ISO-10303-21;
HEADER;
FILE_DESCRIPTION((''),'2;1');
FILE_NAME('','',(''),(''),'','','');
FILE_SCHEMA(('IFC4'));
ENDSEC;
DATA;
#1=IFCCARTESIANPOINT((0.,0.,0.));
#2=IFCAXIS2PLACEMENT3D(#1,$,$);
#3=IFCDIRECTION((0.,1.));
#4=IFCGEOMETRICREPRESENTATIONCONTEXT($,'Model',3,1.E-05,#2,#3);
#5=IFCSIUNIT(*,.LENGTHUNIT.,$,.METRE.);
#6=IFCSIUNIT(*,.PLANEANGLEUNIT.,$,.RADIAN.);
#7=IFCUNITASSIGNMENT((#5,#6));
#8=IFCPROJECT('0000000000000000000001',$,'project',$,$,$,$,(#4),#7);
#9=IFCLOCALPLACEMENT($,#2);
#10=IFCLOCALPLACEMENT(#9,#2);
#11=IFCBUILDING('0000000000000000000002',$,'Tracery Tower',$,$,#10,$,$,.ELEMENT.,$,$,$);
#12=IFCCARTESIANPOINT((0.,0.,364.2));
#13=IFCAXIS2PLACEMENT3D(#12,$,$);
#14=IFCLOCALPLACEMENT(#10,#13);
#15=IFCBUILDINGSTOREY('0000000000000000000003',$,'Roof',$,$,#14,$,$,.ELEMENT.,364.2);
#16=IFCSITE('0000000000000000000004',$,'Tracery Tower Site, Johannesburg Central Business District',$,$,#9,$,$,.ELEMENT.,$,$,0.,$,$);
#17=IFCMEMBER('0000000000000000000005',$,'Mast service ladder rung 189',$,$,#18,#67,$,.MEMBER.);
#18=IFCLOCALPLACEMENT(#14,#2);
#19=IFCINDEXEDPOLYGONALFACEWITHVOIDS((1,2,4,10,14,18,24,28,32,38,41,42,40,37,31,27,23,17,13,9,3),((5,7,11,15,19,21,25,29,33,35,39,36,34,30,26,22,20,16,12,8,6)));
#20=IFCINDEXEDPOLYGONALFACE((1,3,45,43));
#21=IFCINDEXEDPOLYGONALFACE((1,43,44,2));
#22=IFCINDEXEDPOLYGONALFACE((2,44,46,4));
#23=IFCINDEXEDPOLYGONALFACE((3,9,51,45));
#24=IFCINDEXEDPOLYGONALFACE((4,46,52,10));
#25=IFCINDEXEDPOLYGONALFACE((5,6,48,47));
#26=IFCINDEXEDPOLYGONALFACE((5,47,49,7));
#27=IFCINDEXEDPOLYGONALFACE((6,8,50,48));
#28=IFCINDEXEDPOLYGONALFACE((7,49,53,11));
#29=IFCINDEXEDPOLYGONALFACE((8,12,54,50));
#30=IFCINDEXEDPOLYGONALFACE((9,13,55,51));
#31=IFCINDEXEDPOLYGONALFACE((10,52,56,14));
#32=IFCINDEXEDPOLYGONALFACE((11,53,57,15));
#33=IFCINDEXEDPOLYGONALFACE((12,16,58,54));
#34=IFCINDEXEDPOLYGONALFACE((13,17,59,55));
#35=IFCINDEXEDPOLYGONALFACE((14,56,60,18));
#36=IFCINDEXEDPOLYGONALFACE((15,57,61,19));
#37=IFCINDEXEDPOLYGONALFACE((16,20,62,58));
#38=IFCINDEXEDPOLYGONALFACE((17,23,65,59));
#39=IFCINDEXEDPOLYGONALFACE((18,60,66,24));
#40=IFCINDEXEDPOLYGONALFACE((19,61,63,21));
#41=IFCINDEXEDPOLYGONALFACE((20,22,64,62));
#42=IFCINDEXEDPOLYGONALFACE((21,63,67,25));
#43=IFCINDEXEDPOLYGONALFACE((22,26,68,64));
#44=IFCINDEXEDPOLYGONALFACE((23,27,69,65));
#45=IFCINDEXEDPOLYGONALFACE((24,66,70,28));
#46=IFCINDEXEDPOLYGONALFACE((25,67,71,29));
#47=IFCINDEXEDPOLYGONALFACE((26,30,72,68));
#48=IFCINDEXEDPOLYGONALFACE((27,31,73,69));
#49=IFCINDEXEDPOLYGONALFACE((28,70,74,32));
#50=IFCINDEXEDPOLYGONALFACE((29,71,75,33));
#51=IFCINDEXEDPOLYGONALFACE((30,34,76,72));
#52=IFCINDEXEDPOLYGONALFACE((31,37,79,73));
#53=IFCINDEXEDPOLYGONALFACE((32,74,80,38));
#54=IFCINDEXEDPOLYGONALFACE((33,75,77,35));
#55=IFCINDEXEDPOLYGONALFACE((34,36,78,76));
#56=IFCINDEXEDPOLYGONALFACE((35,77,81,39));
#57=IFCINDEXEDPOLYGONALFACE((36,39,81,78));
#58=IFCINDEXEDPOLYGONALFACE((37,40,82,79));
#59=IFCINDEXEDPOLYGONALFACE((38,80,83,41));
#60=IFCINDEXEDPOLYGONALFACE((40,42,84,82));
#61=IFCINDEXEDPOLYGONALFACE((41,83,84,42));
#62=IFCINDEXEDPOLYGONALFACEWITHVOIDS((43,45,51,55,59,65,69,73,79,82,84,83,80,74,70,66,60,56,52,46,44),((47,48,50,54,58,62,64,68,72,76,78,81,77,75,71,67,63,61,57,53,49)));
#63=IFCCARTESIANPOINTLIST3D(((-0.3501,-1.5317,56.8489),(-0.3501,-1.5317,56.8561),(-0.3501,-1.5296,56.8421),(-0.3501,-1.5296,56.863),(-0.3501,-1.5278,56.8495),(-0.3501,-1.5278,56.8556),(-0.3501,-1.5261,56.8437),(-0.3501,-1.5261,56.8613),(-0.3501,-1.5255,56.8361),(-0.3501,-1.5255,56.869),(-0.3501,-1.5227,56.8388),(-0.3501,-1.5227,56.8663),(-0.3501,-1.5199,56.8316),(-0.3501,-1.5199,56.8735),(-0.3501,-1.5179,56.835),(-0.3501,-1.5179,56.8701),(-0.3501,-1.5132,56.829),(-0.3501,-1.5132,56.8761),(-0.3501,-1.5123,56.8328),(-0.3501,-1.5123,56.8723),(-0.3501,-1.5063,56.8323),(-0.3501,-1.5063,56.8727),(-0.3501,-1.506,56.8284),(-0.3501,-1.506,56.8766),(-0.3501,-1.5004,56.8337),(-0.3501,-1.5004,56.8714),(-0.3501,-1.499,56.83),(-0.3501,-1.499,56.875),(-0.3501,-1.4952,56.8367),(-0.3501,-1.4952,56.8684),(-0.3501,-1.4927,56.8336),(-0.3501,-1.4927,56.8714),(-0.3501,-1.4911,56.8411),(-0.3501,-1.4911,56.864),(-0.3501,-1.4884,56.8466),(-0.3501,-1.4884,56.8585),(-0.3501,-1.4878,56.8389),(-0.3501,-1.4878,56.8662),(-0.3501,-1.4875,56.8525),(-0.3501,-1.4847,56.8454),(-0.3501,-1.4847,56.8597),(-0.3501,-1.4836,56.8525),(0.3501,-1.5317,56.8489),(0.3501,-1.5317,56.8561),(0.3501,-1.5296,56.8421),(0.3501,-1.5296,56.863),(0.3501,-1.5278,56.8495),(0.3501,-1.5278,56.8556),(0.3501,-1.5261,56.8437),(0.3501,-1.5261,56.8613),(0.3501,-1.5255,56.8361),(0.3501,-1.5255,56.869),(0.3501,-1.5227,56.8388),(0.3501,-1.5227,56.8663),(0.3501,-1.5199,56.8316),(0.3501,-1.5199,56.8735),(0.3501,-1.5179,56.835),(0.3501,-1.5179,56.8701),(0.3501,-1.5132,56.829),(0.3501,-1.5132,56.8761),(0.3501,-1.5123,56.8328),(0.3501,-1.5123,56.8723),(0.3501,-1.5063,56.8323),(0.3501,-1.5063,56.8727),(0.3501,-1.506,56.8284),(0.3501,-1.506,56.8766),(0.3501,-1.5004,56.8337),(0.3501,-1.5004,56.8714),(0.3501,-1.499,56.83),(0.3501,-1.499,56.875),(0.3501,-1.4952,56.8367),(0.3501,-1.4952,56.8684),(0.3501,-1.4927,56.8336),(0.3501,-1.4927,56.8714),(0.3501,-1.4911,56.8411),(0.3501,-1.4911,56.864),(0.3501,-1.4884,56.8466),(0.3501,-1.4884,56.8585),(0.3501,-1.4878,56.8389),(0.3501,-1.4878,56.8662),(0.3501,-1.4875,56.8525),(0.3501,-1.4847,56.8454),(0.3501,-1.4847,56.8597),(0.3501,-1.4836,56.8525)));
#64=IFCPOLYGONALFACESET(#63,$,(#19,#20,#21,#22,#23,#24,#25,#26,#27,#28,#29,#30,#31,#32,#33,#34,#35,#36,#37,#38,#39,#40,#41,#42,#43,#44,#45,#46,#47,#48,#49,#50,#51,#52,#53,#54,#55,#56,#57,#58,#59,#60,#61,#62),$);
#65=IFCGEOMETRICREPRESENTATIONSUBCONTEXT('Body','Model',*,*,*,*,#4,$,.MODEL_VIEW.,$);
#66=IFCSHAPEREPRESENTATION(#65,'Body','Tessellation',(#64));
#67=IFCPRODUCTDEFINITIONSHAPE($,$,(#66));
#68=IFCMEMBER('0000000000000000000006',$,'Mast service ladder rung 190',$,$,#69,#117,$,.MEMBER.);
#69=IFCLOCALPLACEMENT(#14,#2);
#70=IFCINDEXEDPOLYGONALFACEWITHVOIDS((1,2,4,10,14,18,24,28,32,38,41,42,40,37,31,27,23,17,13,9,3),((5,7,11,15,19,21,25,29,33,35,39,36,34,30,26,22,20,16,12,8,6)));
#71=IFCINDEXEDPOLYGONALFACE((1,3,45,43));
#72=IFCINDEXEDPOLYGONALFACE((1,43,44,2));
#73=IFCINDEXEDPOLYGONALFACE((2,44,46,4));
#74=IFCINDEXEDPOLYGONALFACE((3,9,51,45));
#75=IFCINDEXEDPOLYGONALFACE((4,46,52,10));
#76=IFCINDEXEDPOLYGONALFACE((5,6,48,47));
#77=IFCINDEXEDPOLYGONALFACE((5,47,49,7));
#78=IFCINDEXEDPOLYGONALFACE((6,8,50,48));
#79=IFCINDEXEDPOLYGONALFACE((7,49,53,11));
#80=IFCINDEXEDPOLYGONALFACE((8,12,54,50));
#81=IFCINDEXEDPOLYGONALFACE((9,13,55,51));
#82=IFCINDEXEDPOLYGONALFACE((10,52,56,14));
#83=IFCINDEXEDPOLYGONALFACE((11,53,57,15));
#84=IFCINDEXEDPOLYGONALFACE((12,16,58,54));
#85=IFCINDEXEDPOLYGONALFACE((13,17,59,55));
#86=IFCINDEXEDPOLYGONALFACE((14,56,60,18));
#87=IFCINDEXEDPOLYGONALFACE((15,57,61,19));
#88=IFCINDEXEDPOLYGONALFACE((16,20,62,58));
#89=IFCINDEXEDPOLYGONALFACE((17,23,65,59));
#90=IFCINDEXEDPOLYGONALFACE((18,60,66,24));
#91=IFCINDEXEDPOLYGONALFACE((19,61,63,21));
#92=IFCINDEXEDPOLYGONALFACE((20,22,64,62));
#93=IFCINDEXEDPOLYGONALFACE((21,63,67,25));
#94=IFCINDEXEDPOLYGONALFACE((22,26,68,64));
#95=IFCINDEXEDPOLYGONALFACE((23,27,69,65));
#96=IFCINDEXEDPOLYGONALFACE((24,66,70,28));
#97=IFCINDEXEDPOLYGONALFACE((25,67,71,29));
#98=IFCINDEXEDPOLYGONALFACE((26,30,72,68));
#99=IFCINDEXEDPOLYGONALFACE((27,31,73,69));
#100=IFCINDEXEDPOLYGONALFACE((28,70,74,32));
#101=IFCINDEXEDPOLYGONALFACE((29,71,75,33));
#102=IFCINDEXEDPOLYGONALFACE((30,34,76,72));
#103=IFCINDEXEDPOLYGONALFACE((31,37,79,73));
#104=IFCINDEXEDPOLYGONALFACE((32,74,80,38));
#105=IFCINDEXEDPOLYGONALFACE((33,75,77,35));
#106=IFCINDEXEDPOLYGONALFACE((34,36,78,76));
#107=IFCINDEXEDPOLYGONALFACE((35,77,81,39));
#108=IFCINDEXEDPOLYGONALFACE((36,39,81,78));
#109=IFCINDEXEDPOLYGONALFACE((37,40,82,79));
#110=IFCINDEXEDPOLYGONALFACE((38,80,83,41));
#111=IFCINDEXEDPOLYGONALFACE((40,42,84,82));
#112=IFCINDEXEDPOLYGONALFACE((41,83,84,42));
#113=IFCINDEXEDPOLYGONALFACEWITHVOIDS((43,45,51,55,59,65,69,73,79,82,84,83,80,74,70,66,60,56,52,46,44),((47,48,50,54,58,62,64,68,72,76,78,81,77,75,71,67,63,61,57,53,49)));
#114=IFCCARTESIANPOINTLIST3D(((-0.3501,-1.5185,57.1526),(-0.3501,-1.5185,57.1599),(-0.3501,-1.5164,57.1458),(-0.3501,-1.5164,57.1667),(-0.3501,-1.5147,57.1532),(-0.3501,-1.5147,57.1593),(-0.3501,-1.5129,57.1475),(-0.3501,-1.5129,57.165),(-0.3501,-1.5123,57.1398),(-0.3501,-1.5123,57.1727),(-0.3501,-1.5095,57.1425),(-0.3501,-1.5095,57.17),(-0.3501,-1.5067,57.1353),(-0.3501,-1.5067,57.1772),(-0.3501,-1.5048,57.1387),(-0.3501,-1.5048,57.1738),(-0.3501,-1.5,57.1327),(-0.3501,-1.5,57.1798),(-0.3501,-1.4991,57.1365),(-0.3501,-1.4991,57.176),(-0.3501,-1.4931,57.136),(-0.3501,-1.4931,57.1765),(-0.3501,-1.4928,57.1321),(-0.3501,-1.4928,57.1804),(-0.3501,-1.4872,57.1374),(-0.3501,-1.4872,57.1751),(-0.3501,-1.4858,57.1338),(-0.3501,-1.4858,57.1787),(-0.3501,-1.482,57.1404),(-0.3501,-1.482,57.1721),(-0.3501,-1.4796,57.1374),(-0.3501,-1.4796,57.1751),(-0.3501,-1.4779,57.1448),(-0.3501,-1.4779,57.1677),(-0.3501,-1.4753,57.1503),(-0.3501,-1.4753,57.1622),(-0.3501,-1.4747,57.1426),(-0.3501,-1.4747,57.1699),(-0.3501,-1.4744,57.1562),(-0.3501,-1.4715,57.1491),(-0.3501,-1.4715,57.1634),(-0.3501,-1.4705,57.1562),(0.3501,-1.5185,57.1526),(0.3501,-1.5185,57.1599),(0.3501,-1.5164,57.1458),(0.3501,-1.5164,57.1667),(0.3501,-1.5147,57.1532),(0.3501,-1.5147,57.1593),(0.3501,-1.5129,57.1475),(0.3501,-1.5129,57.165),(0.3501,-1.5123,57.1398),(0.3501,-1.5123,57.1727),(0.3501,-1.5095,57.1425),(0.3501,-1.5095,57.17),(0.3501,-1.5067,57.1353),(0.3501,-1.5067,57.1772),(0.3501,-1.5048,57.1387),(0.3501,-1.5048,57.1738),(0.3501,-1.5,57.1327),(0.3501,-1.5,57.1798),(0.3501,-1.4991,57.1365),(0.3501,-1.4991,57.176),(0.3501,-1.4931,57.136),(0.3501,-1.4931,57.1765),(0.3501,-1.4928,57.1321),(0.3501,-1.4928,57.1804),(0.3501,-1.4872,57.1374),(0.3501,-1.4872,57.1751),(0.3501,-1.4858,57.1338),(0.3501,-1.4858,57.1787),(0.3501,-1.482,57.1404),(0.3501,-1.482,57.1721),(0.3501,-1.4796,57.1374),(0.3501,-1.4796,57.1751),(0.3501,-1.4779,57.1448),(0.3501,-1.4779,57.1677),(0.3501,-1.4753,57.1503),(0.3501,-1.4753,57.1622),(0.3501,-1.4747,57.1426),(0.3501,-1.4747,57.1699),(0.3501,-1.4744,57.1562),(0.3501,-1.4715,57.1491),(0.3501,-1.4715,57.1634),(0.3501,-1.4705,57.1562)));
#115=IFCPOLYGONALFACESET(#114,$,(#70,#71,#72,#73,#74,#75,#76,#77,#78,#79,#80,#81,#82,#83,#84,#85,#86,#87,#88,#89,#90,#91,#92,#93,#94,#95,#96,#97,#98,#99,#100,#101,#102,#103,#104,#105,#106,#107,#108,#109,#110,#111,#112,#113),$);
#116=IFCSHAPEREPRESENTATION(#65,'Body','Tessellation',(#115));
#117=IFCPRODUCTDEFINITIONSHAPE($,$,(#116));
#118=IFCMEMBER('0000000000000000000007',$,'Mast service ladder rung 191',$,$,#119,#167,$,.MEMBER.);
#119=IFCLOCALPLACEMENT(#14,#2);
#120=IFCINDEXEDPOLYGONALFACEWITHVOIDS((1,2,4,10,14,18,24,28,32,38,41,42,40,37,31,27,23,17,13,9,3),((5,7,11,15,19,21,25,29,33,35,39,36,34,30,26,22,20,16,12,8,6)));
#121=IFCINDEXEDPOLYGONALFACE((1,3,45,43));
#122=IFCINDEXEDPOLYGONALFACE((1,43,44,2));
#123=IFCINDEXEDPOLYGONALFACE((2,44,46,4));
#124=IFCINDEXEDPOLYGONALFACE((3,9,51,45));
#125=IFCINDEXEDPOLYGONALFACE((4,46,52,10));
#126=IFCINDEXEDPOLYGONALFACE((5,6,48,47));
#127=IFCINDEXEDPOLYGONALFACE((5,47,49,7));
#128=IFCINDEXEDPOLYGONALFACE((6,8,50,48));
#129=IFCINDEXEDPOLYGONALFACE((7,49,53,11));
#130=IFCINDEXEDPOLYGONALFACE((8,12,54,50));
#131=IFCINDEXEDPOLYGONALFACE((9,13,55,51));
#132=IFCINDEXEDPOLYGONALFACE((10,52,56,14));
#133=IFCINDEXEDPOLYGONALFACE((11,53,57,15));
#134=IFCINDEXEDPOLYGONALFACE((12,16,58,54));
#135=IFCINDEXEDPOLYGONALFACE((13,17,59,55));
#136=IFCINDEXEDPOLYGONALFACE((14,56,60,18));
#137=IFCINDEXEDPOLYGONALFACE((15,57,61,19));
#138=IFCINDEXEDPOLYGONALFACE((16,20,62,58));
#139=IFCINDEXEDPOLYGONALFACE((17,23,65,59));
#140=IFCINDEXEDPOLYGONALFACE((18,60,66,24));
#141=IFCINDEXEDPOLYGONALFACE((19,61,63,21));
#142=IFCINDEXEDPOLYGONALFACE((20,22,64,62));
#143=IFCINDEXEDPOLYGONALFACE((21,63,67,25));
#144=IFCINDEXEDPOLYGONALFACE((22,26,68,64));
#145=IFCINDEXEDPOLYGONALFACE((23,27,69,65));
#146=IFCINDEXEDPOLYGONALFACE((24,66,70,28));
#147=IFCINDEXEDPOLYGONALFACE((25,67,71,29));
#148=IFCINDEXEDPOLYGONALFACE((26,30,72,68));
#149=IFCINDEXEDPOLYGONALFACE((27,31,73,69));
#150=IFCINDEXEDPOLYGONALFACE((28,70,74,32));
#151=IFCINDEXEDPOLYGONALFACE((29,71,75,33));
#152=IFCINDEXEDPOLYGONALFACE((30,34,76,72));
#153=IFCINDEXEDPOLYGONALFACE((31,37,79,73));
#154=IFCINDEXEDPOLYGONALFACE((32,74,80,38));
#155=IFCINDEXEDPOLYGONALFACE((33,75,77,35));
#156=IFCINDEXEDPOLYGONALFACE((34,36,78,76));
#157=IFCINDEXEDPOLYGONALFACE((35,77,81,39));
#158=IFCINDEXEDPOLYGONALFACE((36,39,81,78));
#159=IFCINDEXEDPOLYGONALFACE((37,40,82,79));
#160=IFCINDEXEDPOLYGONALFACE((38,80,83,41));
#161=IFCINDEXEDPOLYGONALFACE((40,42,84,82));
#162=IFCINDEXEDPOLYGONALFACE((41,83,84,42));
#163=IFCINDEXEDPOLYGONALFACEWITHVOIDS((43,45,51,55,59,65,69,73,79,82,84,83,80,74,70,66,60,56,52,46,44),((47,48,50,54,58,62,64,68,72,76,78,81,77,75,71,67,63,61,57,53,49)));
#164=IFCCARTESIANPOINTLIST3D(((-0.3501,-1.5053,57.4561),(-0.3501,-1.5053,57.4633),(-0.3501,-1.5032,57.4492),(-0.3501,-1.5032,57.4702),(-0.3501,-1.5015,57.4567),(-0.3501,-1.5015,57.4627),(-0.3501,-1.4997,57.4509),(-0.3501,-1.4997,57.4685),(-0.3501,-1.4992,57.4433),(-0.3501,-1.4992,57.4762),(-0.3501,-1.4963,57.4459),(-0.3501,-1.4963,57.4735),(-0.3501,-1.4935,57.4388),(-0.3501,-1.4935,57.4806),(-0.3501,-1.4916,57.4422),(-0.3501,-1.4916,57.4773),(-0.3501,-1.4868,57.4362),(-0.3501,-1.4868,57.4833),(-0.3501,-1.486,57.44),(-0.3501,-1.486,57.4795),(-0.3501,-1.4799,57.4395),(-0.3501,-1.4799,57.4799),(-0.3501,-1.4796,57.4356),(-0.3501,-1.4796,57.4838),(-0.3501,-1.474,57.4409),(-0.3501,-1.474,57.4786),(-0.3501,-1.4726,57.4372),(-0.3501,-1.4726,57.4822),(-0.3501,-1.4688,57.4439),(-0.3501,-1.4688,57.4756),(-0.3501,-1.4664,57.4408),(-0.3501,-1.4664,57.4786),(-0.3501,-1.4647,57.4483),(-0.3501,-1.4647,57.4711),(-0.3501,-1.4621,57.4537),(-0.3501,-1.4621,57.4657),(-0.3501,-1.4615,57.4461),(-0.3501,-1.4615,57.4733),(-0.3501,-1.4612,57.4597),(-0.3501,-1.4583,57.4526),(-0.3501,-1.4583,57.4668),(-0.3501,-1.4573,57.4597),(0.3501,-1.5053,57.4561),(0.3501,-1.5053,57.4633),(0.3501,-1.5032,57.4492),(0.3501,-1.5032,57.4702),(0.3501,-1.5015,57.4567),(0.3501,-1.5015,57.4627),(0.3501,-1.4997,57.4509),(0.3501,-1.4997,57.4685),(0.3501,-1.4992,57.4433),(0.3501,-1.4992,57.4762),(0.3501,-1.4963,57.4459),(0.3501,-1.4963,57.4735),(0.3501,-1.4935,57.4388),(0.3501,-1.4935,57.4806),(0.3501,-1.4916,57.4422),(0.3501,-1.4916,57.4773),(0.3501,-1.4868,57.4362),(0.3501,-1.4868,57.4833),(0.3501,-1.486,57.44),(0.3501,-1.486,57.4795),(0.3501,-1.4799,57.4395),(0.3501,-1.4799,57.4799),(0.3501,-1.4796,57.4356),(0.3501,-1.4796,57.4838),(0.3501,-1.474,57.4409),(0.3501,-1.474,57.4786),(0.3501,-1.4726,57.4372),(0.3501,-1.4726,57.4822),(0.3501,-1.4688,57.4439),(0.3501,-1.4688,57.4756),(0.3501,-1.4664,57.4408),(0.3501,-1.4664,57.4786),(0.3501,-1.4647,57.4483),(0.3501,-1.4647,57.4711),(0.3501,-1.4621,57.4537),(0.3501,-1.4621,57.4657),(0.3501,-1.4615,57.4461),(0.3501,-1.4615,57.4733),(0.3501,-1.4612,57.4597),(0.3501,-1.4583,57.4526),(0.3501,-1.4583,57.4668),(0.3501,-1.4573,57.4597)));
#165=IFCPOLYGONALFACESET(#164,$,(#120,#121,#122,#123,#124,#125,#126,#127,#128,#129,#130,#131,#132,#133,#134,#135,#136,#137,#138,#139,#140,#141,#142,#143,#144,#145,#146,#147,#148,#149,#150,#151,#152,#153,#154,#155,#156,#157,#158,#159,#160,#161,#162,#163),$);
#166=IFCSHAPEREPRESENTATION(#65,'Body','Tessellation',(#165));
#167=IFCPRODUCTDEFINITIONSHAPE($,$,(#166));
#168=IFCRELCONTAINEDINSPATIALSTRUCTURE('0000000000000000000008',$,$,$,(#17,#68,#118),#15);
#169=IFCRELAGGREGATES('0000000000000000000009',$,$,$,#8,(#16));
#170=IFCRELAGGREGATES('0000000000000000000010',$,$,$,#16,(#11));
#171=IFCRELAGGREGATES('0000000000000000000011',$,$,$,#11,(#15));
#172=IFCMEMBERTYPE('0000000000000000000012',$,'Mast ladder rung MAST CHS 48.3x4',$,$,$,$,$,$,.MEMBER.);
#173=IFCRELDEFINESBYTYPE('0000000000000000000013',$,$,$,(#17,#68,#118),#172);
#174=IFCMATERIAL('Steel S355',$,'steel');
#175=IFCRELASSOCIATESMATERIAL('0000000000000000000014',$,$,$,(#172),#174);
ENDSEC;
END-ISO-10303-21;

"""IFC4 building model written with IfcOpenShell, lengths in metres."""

from ifc_helpers import new_model, si_unit, direction, frame, origin, origin_2d, place, context, subcontext, project, spatial, hollow_circle, extrude, material, material_profile, profile_set, type_object, element, save


model = new_model("IFC4")

# Units and contexts
model_context = context("Model", 3, precision=1e-05, world=origin(), true_north=direction((0.0, 1.0)))
body_context = subcontext(model_context, "Body", "Model", "MODEL_VIEW")
ifc_project = project(units=[si_unit("LENGTHUNIT", "METRE"), si_unit("PLANEANGLEUNIT", "RADIAN")], contexts=[model_context])

# Site, building, storey
site_placement = place(None, origin())
site = spatial("IfcSite", under=ifc_project, at=site_placement, Name="Tracery Tower Site, Johannesburg Central Business District", CompositionType="ELEMENT", RefElevation=0.0)
building_placement = place(site_placement, origin())
building = spatial("IfcBuilding", under=site, at=building_placement, Name="Tracery Tower", CompositionType="ELEMENT")
storey_placement = place(building_placement, frame((0.0, 0.0, 364.2)))
storey = spatial("IfcBuildingStorey", under=building, at=storey_placement, Name="Roof", CompositionType="ELEMENT", Elevation=364.2)

# Members
ifc_material_1 = material(Name="Steel S355", Category="steel")
ifc_material_profile_1 = material_profile(ifc_material_1, hollow_circle(Radius=0.0242, WallThickness=0.0039, at=origin_2d()), Name="CHS 48.3x4")
ifc_profile_set_1 = profile_set([ifc_material_profile_1], Name="Steel S355")
member_type_1 = type_object("IfcMemberType", Name="Mast ladder rung MAST CHS 48.3x4", PredefinedType="MEMBER", material=ifc_profile_set_1)
for number, where, z_axis, x_axis, name in (
    (1, (-0.3501, -1.5078, 56.8525), (1.0, 0.0, 0.0), (0.0, 1.0, 0.0), "Mast service ladder rung 189"),
    (2, (-0.3501, -1.4946, 57.1562), (1.0, 0.0, 0.0), (0.0, 1.0, 0.0), "Mast service ladder rung 190"),
    (3, (-0.3501, -1.4814, 57.4597), (1.0, 0.0, 0.0), (0.0, 1.0, 0.0), "Mast service ladder rung 191"),
):
    element("IfcMember", number, at=place(storey_placement, frame(where, z_axis=z_axis, x_axis=x_axis)), inside=storey, type_object=member_type_1, Name=name, PredefinedType="MEMBER", context=body_context, shape_type="SweptSolid", body=[
        extrude(hollow_circle(Radius=0.0242, WallThickness=0.0039, at=origin_2d()), origin(), (0.0, 0.0, 1.0), 0.7002),
    ])

save(model, "model.ifc")
